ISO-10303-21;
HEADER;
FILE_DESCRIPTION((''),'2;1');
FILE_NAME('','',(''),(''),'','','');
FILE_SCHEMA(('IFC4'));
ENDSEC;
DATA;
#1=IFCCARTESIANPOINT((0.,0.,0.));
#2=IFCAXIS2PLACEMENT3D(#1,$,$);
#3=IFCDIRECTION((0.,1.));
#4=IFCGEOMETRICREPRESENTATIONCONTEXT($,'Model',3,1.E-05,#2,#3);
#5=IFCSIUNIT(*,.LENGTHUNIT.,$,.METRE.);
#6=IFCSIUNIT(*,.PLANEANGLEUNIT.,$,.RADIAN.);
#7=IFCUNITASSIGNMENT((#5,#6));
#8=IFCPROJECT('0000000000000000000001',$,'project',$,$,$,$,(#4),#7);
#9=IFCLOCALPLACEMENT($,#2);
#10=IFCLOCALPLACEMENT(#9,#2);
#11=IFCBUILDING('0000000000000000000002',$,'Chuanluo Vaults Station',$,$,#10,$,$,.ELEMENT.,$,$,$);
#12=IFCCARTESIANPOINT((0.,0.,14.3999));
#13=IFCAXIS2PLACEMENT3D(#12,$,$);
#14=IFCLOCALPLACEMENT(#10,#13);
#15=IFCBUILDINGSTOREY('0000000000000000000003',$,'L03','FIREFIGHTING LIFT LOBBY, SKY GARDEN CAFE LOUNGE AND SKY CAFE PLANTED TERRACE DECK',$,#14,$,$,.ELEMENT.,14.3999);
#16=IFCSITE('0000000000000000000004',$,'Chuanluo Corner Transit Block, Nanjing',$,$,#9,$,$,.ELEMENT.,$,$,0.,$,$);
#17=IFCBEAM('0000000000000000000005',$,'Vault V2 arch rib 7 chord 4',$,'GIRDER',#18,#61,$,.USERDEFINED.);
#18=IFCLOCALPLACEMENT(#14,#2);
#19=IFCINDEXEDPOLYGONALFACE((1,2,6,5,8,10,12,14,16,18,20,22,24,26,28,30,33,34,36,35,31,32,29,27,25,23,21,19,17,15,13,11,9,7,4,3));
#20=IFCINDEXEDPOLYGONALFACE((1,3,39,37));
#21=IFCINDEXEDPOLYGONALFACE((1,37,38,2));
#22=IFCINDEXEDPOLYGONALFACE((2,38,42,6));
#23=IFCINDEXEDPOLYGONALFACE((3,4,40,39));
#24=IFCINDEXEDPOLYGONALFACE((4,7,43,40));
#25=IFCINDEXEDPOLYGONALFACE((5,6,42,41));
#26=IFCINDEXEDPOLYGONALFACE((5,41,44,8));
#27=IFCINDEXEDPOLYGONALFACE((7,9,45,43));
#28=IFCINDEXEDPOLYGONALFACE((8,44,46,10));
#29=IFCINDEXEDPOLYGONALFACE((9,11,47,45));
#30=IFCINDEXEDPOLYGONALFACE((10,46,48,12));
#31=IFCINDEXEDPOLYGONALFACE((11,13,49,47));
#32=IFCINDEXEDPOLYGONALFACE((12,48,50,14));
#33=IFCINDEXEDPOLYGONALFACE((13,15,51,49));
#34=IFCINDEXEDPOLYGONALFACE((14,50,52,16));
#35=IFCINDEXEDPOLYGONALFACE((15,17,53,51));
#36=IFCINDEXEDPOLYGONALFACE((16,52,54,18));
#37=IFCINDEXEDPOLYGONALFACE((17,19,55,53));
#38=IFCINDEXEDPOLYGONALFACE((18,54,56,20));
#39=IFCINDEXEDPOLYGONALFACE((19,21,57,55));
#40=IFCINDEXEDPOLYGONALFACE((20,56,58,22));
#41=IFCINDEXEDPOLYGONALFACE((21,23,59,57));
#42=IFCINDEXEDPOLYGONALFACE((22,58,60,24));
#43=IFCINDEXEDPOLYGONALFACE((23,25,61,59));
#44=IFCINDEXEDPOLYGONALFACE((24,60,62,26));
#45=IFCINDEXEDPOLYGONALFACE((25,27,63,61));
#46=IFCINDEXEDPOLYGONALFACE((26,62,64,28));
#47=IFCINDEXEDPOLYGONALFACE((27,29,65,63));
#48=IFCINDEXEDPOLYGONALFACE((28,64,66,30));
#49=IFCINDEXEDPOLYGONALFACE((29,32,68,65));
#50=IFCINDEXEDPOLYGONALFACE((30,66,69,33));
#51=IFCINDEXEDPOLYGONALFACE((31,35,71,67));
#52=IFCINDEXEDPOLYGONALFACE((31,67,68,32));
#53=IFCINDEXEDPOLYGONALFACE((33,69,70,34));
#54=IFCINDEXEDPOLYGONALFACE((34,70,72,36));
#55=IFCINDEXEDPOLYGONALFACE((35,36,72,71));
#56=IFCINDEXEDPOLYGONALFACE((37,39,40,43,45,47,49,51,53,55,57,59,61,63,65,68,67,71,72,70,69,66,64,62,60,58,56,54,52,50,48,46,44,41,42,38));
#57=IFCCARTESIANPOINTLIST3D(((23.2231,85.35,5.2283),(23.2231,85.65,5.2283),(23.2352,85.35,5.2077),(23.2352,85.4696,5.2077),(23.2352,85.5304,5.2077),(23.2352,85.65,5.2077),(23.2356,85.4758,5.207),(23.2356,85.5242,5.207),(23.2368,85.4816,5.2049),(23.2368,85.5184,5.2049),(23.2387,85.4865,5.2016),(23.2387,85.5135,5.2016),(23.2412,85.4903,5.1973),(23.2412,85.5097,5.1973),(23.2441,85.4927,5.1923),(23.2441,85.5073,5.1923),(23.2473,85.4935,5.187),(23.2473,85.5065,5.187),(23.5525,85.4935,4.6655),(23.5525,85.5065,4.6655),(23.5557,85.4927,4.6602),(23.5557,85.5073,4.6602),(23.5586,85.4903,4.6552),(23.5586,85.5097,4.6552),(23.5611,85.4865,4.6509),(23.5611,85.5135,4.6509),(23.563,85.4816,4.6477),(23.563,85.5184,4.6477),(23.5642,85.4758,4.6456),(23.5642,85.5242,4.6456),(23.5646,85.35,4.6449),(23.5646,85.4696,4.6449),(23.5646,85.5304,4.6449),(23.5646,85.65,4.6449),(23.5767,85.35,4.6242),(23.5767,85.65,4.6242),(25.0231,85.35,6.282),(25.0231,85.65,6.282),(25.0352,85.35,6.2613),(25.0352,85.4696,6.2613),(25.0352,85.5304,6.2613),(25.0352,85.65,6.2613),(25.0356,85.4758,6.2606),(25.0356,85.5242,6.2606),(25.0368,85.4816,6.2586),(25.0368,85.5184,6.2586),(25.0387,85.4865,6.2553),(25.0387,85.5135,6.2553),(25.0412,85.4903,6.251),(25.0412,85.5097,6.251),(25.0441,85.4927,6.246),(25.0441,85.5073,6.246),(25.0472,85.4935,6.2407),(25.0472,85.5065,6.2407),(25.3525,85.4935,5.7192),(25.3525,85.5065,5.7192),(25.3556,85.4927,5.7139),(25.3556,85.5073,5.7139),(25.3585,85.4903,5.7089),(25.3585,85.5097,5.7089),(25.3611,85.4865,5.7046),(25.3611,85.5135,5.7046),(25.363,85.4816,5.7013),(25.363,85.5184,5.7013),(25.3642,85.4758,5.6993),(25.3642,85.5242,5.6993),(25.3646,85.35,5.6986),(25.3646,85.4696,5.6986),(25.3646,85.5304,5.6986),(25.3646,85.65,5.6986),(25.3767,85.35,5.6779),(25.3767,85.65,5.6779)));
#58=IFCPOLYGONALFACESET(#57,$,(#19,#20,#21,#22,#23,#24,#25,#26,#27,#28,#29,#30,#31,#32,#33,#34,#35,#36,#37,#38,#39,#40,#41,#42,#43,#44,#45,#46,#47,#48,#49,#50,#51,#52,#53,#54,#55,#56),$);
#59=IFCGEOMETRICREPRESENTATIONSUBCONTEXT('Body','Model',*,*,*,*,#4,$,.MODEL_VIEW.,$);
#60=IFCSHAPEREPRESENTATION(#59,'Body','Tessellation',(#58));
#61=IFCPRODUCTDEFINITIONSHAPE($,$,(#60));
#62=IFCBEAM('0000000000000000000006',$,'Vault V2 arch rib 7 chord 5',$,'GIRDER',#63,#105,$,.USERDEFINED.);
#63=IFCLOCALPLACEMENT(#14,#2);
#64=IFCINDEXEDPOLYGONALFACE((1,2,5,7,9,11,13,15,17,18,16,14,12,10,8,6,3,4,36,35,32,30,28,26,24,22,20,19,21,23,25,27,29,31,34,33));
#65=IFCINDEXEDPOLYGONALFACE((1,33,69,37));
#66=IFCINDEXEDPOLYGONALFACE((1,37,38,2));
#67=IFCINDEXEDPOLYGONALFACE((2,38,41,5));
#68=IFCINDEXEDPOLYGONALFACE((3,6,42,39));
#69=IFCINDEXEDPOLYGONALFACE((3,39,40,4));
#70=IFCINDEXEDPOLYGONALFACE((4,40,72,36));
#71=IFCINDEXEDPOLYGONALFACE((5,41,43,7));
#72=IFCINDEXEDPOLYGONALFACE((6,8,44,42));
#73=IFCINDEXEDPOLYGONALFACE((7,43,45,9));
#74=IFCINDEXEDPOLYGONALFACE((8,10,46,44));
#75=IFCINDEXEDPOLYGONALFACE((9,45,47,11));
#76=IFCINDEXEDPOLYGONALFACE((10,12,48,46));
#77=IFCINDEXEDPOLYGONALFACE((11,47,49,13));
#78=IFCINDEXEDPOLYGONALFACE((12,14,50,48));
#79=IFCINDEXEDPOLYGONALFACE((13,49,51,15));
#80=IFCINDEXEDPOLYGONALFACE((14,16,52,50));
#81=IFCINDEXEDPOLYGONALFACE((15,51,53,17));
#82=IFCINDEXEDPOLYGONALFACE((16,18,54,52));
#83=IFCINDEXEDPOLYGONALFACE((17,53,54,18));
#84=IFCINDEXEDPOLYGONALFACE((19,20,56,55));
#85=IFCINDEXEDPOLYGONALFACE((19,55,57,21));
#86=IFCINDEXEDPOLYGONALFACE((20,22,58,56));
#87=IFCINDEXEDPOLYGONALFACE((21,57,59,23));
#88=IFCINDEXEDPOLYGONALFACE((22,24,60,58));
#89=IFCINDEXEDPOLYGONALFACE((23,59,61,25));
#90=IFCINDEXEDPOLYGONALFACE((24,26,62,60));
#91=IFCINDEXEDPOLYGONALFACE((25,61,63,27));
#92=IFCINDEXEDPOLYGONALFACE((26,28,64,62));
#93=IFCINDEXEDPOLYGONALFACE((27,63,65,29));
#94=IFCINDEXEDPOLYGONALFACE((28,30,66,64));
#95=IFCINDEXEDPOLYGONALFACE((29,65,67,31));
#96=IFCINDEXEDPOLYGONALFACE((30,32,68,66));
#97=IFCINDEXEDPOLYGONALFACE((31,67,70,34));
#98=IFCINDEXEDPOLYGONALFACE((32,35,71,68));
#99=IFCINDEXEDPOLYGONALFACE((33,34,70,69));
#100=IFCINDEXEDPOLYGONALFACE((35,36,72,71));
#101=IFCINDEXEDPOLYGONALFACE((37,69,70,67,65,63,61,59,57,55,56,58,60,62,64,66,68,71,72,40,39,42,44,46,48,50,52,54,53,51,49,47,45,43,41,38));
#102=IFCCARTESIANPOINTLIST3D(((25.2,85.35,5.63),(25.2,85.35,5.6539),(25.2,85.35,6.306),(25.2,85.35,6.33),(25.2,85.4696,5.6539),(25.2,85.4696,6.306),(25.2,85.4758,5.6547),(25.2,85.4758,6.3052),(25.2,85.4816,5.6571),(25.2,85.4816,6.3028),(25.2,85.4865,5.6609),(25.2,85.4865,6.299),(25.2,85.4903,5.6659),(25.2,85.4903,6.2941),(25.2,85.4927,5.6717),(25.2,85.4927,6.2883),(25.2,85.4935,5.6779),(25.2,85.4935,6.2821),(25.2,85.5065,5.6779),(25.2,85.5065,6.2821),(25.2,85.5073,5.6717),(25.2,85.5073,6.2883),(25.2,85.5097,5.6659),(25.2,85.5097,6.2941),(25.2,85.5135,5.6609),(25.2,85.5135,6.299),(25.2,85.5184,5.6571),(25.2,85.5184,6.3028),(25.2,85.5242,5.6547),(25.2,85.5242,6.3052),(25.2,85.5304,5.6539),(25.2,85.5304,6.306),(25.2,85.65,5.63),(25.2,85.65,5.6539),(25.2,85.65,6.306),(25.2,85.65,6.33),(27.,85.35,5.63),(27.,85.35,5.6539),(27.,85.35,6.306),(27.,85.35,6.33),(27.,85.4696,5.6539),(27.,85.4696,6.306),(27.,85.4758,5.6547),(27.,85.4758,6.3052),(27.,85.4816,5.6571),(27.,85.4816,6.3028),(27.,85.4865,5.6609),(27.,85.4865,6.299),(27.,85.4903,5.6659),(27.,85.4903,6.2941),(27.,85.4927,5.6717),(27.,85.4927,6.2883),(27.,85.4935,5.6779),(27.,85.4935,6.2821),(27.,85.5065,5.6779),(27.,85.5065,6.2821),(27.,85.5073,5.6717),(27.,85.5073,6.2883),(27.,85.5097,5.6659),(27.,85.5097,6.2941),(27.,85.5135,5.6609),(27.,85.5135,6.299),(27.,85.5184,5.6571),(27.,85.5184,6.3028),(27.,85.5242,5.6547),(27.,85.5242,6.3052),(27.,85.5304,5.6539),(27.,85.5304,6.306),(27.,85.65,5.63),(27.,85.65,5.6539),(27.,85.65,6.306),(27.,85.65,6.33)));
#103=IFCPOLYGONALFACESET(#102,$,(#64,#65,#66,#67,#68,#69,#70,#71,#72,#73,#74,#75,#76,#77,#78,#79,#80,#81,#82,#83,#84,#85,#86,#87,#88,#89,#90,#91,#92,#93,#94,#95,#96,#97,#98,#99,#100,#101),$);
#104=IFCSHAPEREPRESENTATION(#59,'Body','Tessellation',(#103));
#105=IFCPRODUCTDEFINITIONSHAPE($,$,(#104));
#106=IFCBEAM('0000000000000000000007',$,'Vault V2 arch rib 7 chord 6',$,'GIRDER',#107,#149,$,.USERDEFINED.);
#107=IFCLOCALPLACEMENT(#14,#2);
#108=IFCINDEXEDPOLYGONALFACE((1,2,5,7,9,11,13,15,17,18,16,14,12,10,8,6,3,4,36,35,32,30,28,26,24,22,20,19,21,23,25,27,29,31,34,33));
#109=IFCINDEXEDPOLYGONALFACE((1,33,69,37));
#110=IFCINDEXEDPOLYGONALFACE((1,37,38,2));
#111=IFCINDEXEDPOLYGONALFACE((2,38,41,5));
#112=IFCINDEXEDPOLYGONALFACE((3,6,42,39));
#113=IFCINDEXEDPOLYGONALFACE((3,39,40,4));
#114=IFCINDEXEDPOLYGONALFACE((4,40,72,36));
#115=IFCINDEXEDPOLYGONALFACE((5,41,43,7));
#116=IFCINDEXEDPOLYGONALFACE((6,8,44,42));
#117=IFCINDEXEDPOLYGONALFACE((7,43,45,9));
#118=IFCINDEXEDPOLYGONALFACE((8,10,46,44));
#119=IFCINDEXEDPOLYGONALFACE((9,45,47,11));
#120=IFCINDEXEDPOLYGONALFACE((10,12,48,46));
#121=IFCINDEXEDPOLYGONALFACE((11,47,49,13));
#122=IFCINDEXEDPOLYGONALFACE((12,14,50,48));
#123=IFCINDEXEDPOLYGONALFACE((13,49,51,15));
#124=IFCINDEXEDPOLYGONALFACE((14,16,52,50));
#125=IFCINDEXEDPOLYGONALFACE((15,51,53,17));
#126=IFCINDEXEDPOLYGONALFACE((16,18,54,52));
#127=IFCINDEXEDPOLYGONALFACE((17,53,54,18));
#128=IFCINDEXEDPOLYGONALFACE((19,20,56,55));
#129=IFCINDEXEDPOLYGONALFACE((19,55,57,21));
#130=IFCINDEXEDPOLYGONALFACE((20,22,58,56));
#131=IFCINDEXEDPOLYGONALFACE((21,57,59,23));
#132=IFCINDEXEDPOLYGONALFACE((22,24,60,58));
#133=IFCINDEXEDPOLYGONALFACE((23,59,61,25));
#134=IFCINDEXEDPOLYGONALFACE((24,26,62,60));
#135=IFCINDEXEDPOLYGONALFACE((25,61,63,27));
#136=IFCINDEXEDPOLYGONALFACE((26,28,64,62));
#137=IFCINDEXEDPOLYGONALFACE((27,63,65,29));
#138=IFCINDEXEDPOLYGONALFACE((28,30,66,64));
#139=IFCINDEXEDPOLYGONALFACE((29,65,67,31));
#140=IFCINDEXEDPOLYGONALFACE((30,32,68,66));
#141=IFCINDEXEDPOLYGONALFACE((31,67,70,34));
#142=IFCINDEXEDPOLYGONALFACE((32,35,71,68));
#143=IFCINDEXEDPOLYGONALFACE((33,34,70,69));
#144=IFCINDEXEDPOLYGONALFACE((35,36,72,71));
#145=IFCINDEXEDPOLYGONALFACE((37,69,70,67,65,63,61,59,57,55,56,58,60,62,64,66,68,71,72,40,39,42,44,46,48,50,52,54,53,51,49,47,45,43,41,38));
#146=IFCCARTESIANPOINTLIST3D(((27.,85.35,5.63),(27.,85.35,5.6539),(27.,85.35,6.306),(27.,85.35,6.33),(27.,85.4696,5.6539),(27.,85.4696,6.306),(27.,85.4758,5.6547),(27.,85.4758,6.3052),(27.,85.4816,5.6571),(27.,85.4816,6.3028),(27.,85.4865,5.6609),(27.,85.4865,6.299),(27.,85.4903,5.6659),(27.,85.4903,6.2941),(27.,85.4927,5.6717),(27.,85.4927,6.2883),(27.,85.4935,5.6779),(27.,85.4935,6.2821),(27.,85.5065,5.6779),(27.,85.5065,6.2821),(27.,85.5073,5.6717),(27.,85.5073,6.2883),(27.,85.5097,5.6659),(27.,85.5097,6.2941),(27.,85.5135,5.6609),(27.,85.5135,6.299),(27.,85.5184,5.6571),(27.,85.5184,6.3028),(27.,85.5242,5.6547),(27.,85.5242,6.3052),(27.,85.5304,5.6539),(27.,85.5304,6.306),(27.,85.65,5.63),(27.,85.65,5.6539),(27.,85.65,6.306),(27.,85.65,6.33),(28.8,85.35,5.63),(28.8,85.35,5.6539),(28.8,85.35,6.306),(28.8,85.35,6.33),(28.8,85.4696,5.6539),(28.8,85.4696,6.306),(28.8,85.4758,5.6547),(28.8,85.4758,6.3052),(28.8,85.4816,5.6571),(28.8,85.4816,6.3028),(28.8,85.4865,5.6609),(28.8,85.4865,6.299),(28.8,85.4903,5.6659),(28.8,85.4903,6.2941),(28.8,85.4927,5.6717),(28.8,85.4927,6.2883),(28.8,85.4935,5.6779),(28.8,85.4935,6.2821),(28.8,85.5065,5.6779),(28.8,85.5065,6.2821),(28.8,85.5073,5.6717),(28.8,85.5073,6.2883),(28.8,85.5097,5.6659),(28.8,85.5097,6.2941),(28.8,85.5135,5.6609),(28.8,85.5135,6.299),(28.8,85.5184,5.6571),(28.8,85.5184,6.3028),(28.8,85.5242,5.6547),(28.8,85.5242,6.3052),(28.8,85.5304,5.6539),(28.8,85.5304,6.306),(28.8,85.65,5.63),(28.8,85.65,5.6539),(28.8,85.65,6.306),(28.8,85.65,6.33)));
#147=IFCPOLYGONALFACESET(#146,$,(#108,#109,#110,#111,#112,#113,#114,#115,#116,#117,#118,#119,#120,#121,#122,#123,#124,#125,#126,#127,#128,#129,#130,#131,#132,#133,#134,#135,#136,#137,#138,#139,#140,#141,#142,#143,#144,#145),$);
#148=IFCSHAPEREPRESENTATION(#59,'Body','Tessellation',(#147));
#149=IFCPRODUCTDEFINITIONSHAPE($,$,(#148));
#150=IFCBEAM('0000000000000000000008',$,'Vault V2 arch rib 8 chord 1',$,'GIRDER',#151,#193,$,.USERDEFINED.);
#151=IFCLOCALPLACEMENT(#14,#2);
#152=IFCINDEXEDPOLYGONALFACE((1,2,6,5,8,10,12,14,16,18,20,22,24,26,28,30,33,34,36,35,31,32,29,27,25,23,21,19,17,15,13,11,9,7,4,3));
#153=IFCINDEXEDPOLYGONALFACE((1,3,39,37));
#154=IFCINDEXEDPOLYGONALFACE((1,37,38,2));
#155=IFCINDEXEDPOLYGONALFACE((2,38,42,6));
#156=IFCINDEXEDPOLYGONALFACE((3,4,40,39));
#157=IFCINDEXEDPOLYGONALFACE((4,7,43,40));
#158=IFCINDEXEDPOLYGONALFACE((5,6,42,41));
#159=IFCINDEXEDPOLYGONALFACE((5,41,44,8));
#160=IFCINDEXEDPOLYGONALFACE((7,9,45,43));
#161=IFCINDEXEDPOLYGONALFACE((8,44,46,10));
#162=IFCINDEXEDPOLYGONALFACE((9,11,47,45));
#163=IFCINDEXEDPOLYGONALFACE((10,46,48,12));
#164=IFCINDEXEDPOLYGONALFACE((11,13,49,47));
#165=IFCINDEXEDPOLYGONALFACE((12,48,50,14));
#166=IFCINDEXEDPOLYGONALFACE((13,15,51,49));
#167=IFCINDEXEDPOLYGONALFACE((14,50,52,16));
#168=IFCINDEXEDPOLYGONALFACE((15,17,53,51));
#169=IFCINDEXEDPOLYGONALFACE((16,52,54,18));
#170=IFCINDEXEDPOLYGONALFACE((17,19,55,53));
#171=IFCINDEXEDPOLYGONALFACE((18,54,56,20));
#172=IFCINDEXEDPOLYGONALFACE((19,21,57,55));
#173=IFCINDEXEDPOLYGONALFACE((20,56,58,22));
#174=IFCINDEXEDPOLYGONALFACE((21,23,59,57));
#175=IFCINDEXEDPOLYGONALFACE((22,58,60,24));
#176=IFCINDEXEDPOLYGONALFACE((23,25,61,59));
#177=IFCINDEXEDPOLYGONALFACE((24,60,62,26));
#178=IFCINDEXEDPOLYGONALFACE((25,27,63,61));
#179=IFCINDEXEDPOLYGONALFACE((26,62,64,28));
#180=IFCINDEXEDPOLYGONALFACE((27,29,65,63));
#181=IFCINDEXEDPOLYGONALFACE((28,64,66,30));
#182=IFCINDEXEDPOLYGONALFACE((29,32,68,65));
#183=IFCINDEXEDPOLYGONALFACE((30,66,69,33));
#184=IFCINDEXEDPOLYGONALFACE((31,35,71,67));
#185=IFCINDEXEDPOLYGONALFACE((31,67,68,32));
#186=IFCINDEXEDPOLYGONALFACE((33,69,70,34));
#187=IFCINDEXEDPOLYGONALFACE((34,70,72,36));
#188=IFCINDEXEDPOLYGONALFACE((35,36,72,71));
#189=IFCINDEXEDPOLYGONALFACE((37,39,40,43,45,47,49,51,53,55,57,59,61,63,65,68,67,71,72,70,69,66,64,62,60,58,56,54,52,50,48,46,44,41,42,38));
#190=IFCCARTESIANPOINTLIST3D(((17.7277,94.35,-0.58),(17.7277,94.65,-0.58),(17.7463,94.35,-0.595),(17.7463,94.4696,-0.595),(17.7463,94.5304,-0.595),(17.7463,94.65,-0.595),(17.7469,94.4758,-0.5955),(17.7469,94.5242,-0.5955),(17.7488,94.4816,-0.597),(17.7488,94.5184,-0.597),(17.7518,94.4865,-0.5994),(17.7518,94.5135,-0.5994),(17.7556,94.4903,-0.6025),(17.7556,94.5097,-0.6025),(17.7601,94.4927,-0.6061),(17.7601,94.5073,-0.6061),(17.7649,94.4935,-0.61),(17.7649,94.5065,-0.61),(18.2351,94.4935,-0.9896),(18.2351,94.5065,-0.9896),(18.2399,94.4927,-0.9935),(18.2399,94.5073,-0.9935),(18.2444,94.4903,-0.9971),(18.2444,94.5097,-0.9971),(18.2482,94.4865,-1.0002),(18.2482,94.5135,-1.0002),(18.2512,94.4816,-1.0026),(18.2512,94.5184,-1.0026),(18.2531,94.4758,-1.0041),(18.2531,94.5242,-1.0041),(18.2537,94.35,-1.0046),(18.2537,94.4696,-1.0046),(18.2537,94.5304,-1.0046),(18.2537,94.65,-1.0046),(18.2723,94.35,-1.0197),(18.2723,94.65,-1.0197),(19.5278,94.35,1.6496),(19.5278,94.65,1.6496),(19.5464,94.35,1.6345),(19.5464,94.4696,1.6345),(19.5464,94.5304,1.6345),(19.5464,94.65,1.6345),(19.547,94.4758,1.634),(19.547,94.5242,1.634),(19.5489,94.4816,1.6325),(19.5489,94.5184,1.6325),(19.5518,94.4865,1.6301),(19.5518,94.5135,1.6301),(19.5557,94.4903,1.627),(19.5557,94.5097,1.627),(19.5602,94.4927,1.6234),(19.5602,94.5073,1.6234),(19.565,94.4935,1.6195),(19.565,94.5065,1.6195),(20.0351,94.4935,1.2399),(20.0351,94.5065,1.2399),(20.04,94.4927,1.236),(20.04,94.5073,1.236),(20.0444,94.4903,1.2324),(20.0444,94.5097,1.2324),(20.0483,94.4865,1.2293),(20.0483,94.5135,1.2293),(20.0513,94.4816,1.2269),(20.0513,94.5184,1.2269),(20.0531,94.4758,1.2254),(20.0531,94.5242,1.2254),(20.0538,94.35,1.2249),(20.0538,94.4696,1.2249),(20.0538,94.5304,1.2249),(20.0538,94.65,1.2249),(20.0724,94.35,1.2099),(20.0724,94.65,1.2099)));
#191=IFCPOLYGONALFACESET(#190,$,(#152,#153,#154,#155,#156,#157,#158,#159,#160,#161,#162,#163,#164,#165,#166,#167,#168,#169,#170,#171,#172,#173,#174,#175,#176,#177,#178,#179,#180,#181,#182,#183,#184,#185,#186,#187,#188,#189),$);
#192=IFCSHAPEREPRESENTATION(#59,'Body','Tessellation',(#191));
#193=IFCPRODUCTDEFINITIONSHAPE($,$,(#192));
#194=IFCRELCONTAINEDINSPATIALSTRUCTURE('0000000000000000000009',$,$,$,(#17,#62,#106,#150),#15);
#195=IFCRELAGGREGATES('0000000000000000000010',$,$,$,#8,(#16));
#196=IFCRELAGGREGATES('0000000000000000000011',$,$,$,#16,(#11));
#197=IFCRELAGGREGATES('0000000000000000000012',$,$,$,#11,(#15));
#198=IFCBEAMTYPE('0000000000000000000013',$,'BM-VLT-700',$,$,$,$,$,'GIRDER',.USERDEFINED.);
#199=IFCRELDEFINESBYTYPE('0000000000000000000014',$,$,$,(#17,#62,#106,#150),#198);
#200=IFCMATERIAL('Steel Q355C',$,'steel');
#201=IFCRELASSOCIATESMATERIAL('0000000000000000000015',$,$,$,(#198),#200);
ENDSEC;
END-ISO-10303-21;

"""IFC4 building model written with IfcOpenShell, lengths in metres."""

from ifc_helpers import new_model, si_unit, direction, frame, origin, origin_2d, place, context, subcontext, project, spatial, i_section, extrude, material, material_profile, profile_set, type_object, element, save


model = new_model("IFC4")

# Units and contexts
model_context = context("Model", 3, precision=1e-05, world=origin(), true_north=direction((0.0, 1.0)))
body_context = subcontext(model_context, "Body", "Model", "MODEL_VIEW")
ifc_project = project(units=[si_unit("LENGTHUNIT", "METRE"), si_unit("PLANEANGLEUNIT", "RADIAN")], contexts=[model_context])

# Site, building, storey
site_placement = place(None, origin())
site = spatial("IfcSite", under=ifc_project, at=site_placement, Name="Chuanluo Corner Transit Block, Nanjing", CompositionType="ELEMENT", RefElevation=0.0)
building_placement = place(site_placement, origin())
building = spatial("IfcBuilding", under=site, at=building_placement, Name="Chuanluo Vaults Station", CompositionType="ELEMENT")
storey_placement = place(building_placement, frame((0.0, 0.0, 14.3999)))
storey = spatial("IfcBuildingStorey", under=building, at=storey_placement, Name="L03", Description="FIREFIGHTING LIFT LOBBY, SKY GARDEN CAFE LOUNGE AND SKY CAFE PLANTED TERRACE DECK", CompositionType="ELEMENT", Elevation=14.3999)

# Beams
ifc_material_1 = material(Name="Steel Q355C", Category="steel")
ifc_material_profile_1 = material_profile(ifc_material_1, i_section(OverallWidth=0.3, OverallDepth=0.7, WebThickness=0.0129, FlangeThickness=0.0239, FilletRadius=0.0239, at=origin_2d()))
ifc_profile_set_1 = profile_set([ifc_material_profile_1], Name="Steel Q355C")
beam_type_1 = type_object("IfcBeamType", Name="BM-VLT-700", ElementType="GIRDER", PredefinedType="USERDEFINED", material=ifc_profile_set_1)
beam_1_placement = place(storey_placement, frame((23.3999, 85.5, 4.9263), z_axis=(0.863009, 0.0, 0.505188), x_axis=(0.0, 1.0, 0.0)))
element("IfcBeam", 1, at=beam_1_placement, inside=storey, type_object=beam_type_1, Name="Vault V2 arch rib 7 chord 4", ObjectType="GIRDER", PredefinedType="USERDEFINED", context=body_context, shape_type="SweptSolid", body=[
    extrude(i_section(OverallWidth=0.3, OverallDepth=0.7, WebThickness=0.0129, FlangeThickness=0.0239, FilletRadius=0.0239, at=origin_2d()), origin(), (0.0, 0.0, 1.0), 2.0857),
])
for number, where, z_axis, x_axis, name in (
    (2, (25.2, 85.5, 5.98), (1.0, 0.0, 0.0), (0.0, 1.0, 0.0), "Vault V2 arch rib 7 chord 5"),
    (3, (27.0, 85.5, 5.98), (1.0, 0.0, 0.0), (0.0, 1.0, 0.0), "Vault V2 arch rib 7 chord 6"),
):
    element("IfcBeam", number, at=place(storey_placement, frame(where, z_axis=z_axis, x_axis=x_axis)), inside=storey, type_object=beam_type_1, Name=name, ObjectType="GIRDER", PredefinedType="USERDEFINED", context=body_context, shape_type="SweptSolid", body=[
        extrude(i_section(OverallWidth=0.3, OverallDepth=0.7, WebThickness=0.0129, FlangeThickness=0.0239, FilletRadius=0.0239, at=origin_2d()), origin(), (0.0, 0.0, 1.0), 1.8),
    ])
beam_2_placement = place(storey_placement, frame((18.0, 94.5, -0.7998), z_axis=(0.62819, 0.0, 0.77806), x_axis=(0.0, 1.0, 0.0)))
element("IfcBeam", 4, at=beam_2_placement, inside=storey, type_object=beam_type_1, Name="Vault V2 arch rib 8 chord 1", ObjectType="GIRDER", PredefinedType="USERDEFINED", context=body_context, shape_type="SweptSolid", body=[
    extrude(i_section(OverallWidth=0.3, OverallDepth=0.7, WebThickness=0.0129, FlangeThickness=0.0239, FilletRadius=0.0239, at=origin_2d()), origin(), (0.0, 0.0, 1.0), 2.8655),
])

save(model, "model.ifc")
